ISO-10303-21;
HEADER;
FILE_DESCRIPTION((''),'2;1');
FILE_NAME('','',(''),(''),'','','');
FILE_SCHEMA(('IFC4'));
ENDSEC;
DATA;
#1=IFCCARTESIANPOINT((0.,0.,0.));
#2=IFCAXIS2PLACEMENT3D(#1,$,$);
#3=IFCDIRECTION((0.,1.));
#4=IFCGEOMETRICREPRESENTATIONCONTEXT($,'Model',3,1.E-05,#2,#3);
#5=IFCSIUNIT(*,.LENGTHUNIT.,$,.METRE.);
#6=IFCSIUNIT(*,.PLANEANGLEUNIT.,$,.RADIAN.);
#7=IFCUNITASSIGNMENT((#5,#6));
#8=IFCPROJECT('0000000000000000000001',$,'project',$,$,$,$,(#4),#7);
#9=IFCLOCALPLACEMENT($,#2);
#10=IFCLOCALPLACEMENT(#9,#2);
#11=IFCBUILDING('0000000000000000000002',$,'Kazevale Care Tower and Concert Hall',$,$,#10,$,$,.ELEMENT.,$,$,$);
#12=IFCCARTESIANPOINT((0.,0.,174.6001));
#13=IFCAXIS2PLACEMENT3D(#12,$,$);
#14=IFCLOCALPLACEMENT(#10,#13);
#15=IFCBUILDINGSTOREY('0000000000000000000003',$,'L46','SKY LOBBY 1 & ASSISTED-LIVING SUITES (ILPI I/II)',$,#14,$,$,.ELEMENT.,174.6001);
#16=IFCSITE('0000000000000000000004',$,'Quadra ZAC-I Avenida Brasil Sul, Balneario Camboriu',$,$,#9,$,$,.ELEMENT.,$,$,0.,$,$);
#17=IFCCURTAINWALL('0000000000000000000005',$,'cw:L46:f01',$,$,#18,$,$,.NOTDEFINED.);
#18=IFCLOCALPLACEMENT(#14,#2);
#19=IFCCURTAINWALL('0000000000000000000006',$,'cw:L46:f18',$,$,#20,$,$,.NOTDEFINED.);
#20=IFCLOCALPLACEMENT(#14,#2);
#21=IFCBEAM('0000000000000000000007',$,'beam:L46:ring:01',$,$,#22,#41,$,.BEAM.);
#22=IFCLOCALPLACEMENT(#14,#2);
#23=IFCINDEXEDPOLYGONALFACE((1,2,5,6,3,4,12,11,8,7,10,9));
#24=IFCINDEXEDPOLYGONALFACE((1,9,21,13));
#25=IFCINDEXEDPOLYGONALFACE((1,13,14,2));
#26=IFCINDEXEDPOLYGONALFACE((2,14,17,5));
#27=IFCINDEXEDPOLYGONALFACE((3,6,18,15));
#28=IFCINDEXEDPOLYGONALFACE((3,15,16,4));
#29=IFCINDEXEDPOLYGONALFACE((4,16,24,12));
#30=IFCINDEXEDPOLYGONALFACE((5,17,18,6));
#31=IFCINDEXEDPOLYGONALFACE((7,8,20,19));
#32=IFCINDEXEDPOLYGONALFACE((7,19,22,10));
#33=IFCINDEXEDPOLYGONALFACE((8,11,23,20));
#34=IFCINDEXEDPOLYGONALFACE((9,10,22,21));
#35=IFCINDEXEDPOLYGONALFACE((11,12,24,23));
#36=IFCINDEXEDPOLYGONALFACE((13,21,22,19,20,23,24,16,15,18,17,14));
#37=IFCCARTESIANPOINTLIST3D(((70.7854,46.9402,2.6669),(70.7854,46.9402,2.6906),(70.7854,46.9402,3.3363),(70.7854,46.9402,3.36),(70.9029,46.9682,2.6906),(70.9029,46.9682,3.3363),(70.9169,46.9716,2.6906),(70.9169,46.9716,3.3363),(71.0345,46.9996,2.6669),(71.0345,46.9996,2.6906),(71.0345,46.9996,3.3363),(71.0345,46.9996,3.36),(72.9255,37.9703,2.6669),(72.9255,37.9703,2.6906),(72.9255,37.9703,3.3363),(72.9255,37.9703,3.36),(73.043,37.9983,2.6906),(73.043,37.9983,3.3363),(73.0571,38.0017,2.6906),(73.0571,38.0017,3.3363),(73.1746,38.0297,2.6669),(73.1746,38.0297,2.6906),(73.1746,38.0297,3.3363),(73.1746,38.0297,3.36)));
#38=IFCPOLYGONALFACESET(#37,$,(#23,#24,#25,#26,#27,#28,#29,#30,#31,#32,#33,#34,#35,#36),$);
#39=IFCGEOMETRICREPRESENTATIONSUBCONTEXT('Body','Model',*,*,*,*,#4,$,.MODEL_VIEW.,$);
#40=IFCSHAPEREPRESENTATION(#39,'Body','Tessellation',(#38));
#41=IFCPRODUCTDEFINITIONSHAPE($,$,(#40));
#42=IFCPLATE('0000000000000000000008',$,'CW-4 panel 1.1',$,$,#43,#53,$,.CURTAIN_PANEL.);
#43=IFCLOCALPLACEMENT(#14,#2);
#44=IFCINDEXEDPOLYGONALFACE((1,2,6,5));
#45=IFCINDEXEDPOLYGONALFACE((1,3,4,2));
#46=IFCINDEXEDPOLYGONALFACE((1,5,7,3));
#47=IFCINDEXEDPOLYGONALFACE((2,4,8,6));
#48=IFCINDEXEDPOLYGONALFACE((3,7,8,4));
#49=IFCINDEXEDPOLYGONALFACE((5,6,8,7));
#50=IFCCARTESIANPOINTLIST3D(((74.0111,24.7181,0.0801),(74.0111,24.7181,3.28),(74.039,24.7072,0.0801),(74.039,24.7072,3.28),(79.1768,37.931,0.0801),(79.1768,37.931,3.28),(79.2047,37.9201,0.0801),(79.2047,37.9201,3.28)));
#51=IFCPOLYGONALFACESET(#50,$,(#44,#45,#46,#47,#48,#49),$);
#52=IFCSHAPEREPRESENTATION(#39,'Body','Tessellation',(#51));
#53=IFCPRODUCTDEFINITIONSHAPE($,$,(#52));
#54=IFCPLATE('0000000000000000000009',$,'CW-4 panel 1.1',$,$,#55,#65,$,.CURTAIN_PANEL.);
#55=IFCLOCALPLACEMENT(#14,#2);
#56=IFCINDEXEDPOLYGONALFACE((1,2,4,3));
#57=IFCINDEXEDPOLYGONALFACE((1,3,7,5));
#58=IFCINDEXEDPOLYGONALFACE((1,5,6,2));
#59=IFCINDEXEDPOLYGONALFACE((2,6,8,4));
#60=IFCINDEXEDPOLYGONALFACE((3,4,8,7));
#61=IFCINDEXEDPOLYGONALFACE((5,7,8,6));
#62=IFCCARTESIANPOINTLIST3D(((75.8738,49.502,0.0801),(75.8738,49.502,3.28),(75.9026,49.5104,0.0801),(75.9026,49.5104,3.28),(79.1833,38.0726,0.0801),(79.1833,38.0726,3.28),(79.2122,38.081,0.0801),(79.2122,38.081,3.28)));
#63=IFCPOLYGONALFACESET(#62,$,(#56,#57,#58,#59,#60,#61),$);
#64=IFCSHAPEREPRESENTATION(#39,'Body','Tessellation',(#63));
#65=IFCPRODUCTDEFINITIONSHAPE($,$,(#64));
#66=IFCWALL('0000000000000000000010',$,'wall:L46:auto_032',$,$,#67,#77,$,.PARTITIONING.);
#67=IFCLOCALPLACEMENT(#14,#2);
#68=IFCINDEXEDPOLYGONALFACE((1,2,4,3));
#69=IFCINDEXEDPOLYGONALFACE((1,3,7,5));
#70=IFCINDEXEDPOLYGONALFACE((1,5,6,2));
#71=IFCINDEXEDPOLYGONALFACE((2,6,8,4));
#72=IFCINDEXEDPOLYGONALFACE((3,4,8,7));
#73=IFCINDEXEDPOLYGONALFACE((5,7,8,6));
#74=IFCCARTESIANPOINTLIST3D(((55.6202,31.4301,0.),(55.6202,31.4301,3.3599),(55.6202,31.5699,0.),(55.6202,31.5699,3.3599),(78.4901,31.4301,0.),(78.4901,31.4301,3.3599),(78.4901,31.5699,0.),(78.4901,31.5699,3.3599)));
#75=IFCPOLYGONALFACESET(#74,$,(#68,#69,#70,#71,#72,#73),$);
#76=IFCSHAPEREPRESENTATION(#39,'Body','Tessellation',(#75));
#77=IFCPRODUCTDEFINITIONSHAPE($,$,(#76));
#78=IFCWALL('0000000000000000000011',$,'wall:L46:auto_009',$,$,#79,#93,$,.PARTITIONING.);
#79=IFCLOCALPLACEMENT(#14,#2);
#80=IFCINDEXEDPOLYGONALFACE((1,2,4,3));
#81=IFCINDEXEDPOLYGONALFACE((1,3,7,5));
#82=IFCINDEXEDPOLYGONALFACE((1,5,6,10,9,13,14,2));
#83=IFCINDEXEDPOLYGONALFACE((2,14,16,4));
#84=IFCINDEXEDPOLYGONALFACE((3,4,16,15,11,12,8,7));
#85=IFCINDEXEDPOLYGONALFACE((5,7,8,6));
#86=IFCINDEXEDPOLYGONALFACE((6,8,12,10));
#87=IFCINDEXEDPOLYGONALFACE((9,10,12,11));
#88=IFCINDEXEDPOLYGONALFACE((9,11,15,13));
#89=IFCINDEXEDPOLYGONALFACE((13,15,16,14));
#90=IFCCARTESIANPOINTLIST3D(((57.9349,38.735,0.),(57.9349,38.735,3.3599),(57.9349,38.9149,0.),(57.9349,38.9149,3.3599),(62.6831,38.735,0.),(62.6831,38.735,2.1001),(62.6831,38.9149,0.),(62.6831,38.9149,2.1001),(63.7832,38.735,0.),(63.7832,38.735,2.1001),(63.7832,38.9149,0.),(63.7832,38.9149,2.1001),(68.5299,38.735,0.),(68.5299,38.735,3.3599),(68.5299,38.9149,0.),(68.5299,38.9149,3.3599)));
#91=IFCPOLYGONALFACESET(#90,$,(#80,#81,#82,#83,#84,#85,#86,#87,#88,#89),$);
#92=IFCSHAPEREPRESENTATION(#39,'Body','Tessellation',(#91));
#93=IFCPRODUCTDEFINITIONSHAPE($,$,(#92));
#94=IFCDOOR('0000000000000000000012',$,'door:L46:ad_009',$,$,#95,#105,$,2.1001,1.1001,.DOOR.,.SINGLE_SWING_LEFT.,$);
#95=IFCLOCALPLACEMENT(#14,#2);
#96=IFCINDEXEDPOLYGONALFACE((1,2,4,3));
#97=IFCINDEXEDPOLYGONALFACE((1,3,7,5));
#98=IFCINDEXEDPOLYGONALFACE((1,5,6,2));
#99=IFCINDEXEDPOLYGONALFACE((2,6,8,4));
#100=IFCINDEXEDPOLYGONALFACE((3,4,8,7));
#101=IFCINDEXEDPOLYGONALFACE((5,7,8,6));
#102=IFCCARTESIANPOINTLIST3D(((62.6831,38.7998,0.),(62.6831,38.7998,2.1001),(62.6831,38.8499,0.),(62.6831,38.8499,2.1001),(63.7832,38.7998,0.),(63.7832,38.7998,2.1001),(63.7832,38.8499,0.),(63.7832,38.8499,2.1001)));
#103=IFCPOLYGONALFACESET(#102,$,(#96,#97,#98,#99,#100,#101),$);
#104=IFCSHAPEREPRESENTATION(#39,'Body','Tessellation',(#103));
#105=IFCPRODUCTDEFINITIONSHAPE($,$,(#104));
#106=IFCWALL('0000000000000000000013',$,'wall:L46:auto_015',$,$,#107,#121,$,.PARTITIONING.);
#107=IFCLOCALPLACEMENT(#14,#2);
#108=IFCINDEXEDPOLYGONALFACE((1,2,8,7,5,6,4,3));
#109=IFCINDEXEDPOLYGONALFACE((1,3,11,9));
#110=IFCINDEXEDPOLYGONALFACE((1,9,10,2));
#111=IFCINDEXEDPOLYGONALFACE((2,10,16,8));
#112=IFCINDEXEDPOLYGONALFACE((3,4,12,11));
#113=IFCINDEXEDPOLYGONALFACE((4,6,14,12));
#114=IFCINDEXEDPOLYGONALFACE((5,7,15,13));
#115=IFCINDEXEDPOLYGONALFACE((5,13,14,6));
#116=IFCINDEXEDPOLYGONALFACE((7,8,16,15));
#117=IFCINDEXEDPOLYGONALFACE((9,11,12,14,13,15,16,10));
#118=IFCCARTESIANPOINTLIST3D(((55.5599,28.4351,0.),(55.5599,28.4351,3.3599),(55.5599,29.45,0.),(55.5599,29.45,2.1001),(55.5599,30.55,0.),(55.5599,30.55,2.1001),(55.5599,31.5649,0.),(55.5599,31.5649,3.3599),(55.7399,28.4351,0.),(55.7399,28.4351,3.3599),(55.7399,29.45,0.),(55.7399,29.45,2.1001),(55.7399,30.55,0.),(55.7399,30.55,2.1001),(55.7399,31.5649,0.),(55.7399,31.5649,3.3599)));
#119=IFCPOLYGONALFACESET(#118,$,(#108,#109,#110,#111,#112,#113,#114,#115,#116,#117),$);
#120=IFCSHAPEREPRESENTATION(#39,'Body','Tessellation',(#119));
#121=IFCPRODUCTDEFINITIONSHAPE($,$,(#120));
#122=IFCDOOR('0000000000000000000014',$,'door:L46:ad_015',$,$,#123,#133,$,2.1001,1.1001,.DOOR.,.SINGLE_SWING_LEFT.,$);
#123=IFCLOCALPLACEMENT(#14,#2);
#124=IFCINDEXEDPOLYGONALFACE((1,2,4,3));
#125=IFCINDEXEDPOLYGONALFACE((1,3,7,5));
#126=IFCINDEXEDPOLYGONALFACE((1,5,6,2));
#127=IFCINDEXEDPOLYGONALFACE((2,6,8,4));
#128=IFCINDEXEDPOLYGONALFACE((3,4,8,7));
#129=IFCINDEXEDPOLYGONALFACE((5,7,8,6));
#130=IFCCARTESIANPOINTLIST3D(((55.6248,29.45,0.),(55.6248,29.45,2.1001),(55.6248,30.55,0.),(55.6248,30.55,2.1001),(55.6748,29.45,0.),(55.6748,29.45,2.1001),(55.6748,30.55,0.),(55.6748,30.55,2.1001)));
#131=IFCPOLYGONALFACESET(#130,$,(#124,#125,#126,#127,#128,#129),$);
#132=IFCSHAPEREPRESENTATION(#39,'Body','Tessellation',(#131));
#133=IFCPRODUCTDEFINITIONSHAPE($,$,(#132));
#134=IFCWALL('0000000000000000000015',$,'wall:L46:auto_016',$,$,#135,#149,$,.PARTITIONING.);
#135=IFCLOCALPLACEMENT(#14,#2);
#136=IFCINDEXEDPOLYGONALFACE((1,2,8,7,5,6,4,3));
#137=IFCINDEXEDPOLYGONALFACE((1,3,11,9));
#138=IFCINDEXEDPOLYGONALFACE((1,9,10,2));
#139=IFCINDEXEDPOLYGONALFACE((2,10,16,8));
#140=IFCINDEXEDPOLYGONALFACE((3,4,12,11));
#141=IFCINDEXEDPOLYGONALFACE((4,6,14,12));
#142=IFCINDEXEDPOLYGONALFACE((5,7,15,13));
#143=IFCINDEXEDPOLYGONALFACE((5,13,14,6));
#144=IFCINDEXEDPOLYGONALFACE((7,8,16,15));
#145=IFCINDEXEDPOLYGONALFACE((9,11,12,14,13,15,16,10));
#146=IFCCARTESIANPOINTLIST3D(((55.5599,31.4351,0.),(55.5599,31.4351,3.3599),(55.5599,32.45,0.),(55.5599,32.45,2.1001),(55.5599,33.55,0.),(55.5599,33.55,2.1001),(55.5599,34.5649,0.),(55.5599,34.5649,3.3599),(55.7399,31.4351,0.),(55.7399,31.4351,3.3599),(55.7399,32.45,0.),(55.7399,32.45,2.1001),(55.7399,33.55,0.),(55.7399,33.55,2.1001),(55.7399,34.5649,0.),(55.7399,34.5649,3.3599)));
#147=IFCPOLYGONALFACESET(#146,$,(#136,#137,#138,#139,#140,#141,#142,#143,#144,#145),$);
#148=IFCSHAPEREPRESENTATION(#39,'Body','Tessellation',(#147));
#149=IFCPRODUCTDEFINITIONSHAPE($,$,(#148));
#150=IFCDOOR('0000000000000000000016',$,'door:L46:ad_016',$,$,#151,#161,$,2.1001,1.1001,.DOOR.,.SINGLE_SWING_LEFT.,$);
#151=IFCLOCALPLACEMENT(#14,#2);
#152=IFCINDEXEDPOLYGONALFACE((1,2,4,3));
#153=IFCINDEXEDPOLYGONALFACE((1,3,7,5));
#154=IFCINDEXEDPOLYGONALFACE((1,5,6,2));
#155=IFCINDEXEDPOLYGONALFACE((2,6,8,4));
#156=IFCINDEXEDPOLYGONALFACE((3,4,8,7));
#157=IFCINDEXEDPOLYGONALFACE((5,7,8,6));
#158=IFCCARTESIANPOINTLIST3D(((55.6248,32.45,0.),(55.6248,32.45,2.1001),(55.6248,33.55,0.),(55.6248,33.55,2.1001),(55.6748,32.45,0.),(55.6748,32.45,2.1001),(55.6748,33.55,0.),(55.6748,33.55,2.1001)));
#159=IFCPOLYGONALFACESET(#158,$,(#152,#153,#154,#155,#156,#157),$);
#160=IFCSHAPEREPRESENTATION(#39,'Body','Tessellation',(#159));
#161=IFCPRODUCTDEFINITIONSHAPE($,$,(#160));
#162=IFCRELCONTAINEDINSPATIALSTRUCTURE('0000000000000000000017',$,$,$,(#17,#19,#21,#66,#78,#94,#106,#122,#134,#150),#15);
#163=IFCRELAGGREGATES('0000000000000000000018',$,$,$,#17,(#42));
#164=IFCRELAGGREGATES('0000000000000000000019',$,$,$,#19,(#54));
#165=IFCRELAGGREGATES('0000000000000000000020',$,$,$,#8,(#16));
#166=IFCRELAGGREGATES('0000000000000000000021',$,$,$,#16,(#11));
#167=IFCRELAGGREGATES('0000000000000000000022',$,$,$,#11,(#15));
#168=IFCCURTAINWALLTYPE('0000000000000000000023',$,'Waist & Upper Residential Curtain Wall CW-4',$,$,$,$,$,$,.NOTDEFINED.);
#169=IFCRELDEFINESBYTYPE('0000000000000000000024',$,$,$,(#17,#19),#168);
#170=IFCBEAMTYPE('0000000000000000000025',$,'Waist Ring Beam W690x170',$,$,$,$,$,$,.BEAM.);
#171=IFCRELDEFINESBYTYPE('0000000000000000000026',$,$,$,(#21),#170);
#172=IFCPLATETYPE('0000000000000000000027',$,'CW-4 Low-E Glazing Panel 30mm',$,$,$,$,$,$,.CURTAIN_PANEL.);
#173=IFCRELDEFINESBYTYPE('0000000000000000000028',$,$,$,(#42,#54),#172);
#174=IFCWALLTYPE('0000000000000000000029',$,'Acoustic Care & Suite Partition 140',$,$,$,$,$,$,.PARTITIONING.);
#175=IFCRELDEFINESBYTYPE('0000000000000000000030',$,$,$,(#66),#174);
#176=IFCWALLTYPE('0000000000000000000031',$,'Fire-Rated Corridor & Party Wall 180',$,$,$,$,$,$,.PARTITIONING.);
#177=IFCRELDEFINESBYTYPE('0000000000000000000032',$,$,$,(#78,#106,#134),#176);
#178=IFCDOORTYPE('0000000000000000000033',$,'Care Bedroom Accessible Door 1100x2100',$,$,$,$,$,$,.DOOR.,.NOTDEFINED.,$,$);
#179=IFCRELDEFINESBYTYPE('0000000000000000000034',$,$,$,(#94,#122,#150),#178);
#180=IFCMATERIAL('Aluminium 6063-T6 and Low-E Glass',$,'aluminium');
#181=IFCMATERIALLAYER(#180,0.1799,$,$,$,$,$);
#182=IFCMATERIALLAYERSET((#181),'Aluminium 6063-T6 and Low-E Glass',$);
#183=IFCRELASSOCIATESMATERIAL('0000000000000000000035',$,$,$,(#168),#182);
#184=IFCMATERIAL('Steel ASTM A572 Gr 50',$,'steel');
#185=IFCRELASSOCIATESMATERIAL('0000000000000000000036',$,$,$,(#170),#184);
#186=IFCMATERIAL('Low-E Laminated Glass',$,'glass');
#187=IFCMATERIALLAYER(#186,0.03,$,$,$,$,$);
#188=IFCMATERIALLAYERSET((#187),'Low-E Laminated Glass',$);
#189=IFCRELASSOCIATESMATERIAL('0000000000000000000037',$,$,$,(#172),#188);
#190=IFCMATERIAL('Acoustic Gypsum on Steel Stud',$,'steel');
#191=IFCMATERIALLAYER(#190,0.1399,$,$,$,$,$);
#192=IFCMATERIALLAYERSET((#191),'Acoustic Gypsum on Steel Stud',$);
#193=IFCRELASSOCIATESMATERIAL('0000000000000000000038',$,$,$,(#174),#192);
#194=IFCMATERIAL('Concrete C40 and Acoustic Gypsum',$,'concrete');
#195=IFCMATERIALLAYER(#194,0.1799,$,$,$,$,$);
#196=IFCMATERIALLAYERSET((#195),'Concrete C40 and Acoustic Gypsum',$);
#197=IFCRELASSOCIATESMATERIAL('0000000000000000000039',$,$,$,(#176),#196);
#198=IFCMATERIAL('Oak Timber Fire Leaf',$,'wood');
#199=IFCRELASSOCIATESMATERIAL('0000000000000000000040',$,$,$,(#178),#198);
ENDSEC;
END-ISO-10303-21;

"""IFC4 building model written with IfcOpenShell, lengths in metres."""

from ifc_helpers import new_model, si_unit, direction, frame, frame_2d, origin, origin_2d, place, context, subcontext, project, spatial, rectangle, i_section, extrude, material, layer, layer_set, material_profile, profile_set, type_object, element, fill, aggregate, save


model = new_model("IFC4")

# Units and contexts
model_context = context("Model", 3, precision=1e-05, world=origin(), true_north=direction((0.0, 1.0)))
body_context = subcontext(model_context, "Body", "Model", "MODEL_VIEW")
ifc_project = project(units=[si_unit("LENGTHUNIT", "METRE"), si_unit("PLANEANGLEUNIT", "RADIAN")], contexts=[model_context])

# Site, building, storey
site_placement = place(None, origin())
site = spatial("IfcSite", under=ifc_project, at=site_placement, Name="Quadra ZAC-I Avenida Brasil Sul, Balneario Camboriu", CompositionType="ELEMENT", RefElevation=0.0)
building_placement = place(site_placement, origin())
building = spatial("IfcBuilding", under=site, at=building_placement, Name="Kazevale Care Tower and Concert Hall", CompositionType="ELEMENT")
storey_placement = place(building_placement, frame((0.0, 0.0, 174.6001)))
storey = spatial("IfcBuildingStorey", under=building, at=storey_placement, Name="L46", Description="SKY LOBBY 1 & ASSISTED-LIVING SUITES (ILPI I/II)", CompositionType="ELEMENT", Elevation=174.6001)

# Curtain walls
ifc_material_1 = material(Name="Aluminium 6063-T6 and Low-E Glass", Category="aluminium")
ifc_layer_1 = layer(ifc_material_1, 0.1799)
ifc_layer_set_1 = layer_set([ifc_layer_1], Name="Aluminium 6063-T6 and Low-E Glass")
curtain_wall_type = type_object("IfcCurtainWallType", Name="Waist & Upper Residential Curtain Wall CW-4", PredefinedType="NOTDEFINED", material=ifc_layer_set_1)
curtain_wall_1_placement = place(storey_placement, origin())
curtain_wall_1 = element("IfcCurtainWall", 1, at=curtain_wall_1_placement, inside=storey, type_object=curtain_wall_type, Name="cw:L46:f01", PredefinedType="NOTDEFINED")
curtain_wall_2_placement = place(storey_placement, origin())
curtain_wall_2 = element("IfcCurtainWall", 2, at=curtain_wall_2_placement, inside=storey, type_object=curtain_wall_type, Name="cw:L46:f18", PredefinedType="NOTDEFINED")

# Beam
ifc_material_2 = material(Name="Steel ASTM A572 Gr 50", Category="steel")
ifc_material_profile_1 = material_profile(ifc_material_2, i_section(OverallWidth=0.2561, OverallDepth=0.6931, WebThickness=0.0144, FlangeThickness=0.0237, at=origin_2d()), Name="W690x170")
ifc_profile_set_1 = profile_set([ifc_material_profile_1], Name="Steel ASTM A572 Gr 50")
beam_type_1 = type_object("IfcBeamType", Name="Waist Ring Beam W690x170", PredefinedType="BEAM", material=ifc_profile_set_1)
beam_1_placement = place(storey_placement, frame((73.05, 38.0, 3.0134), z_axis=(-0.232075, 0.972698, 0.0), x_axis=(-0.972698, -0.232075, 0.0)))
element("IfcBeam", 3, at=beam_1_placement, inside=storey, type_object=beam_type_1, Name="beam:L46:ring:01", PredefinedType="BEAM", context=body_context, shape_type="SweptSolid", body=[
    extrude(i_section(OverallWidth=0.2561, OverallDepth=0.6931, WebThickness=0.0144, FlangeThickness=0.0237, at=origin_2d()), origin(), (0.0, 0.0, 1.0), 9.2217),
])

# Plates
ifc_material_3 = material(Name="Low-E Laminated Glass", Category="glass")
ifc_layer_2 = layer(ifc_material_3, 0.03)
ifc_layer_set_2 = layer_set([ifc_layer_2], Name="Low-E Laminated Glass")
plate_type = type_object("IfcPlateType", Name="CW-4 Low-E Glazing Panel 30mm", PredefinedType="CURTAIN_PANEL", material=ifc_layer_set_2)
plate_1_placement = place(storey_placement, frame((76.6079, 31.3191, 0.0801), z_axis=(0.0, 0.0, 1.0), x_axis=(-0.364121, -0.931352, 0.0)))
plate_1 = element("IfcPlate", 4, at=plate_1_placement, type_object=plate_type, Name="CW-4 panel 1.1", PredefinedType="CURTAIN_PANEL", context=body_context, shape_type="SweptSolid", body=[
    extrude(rectangle(XDim=14.1868, YDim=0.03, at=origin_2d()), origin(), (0.0, 0.0, 1.0), 3.2),
])
aggregate(curtain_wall_1, [plate_1])
plate_2_placement = place(storey_placement, frame((77.543, 43.7915, 0.0801), z_axis=(0.0, 0.0, 1.0), x_axis=(0.278137, -0.960542, 0.0)))
plate_2 = element("IfcPlate", 5, at=plate_2_placement, type_object=plate_type, Name="CW-4 panel 1.1", PredefinedType="CURTAIN_PANEL", context=body_context, shape_type="SweptSolid", body=[
    extrude(rectangle(XDim=11.8989, YDim=0.03, at=origin_2d()), origin(), (0.0, 0.0, 1.0), 3.2),
])
aggregate(curtain_wall_2, [plate_2])

# Wall
ifc_material_4 = material(Name="Acoustic Gypsum on Steel Stud", Category="steel")
ifc_layer_3 = layer(ifc_material_4, 0.1399)
ifc_layer_set_3 = layer_set([ifc_layer_3], Name="Acoustic Gypsum on Steel Stud")
wall_type_1 = type_object("IfcWallType", Name="Acoustic Care & Suite Partition 140", PredefinedType="PARTITIONING", material=ifc_layer_set_3)
wall_1_placement = place(storey_placement, frame((55.6201, 31.5, 0.0), z_axis=(0.0, 0.0, 1.0), x_axis=(1.0, 0.0, 0.0)))
element("IfcWall", 6, at=wall_1_placement, inside=storey, type_object=wall_type_1, Name="wall:L46:auto_032", PredefinedType="PARTITIONING", context=body_context, shape_type="SweptSolid", body=[
    extrude(rectangle(XDim=22.8699, YDim=0.1399, at=frame_2d((11.4351, 0.0))), origin(), (0.0, 0.0, 1.0), 3.3599),
])

# Walls, openings, doors
ifc_material_5 = material(Name="Concrete C40 and Acoustic Gypsum", Category="concrete")
ifc_layer_4 = layer(ifc_material_5, 0.1799)
ifc_layer_set_4 = layer_set([ifc_layer_4], Name="Concrete C40 and Acoustic Gypsum")
wall_type_2 = type_object("IfcWallType", Name="Fire-Rated Corridor & Party Wall 180", PredefinedType="PARTITIONING", material=ifc_layer_set_4)
wall_2_placement = place(storey_placement, frame((57.9351, 38.825, 0.0), z_axis=(0.0, 0.0, 1.0), x_axis=(1.0, 0.0, 0.0)))
wall_2 = element("IfcWall", 7, at=wall_2_placement, inside=storey, type_object=wall_type_2, Name="wall:L46:auto_009", PredefinedType="PARTITIONING", context=body_context, shape_type="SweptSolid", body=[
    extrude(rectangle(XDim=10.595, YDim=0.1799, at=frame_2d((5.2974, 0.0))), origin(), (0.0, 0.0, 1.0), 3.3599),
])
opening_1_placement = place(wall_2_placement, frame((4.748, 0.0, 0.0)))
opening_1 = element("IfcOpeningElement", 8, at=opening_1_placement, cuts=wall_2, PredefinedType="OPENING", context=body_context, shape_type="SweptSolid", body=[
    extrude(rectangle(XDim=1.1001, YDim=2.1001, at=frame_2d((0.55, 1.05))), frame((0.0, 0.0999, 0.0), z_axis=(0.0, -1.0, 0.0), x_axis=(1.0, 0.0, 0.0)), (0.0, 0.0, 1.0), 0.2),
])
ifc_material_6 = material(Name="Oak Timber Fire Leaf", Category="wood")
door_type = type_object("IfcDoorType", Name="Care Bedroom Accessible Door 1100x2100", OperationType="NOTDEFINED", PredefinedType="DOOR", material=ifc_material_6)
door_1_placement = place(opening_1_placement, origin())
door_1 = element("IfcDoor", 9, at=door_1_placement, inside=storey, type_object=door_type, Name="door:L46:ad_009", OperationType="SINGLE_SWING_LEFT", OverallHeight=2.1001, OverallWidth=1.1001, PredefinedType="DOOR", context=body_context, shape_type="SweptSolid", body=[
    extrude(rectangle(XDim=1.1001, YDim=2.1001, at=frame_2d((0.55, 1.05))), frame((0.0, 0.0249, 0.0), z_axis=(0.0, -1.0, 0.0), x_axis=(1.0, 0.0, 0.0)), (0.0, 0.0, 1.0), 0.05),
])
fill(opening_1, door_1)
wall_3_placement = place(storey_placement, frame((55.6499, 31.5649, 0.0), z_axis=(0.0, 0.0, 1.0), x_axis=(0.0, -1.0, 0.0)))
wall_3 = element("IfcWall", 10, at=wall_3_placement, inside=storey, type_object=wall_type_2, Name="wall:L46:auto_015", PredefinedType="PARTITIONING", context=body_context, shape_type="SweptSolid", body=[
    extrude(rectangle(XDim=3.1299, YDim=0.1799, at=frame_2d((1.5649, 0.0))), origin(), (0.0, 0.0, 1.0), 3.3599),
])
opening_2_placement = place(wall_3_placement, frame((1.0149, 0.0, 0.0)))
opening_2 = element("IfcOpeningElement", 11, at=opening_2_placement, cuts=wall_3, PredefinedType="OPENING", context=body_context, shape_type="SweptSolid", body=[
    extrude(rectangle(XDim=1.1001, YDim=2.1001, at=frame_2d((0.55, 1.05))), frame((0.0, 0.0999, 0.0), z_axis=(0.0, -1.0, 0.0), x_axis=(1.0, 0.0, 0.0)), (0.0, 0.0, 1.0), 0.2),
])
door_2_placement = place(opening_2_placement, origin())
door_2 = element("IfcDoor", 12, at=door_2_placement, inside=storey, type_object=door_type, Name="door:L46:ad_015", OperationType="SINGLE_SWING_LEFT", OverallHeight=2.1001, OverallWidth=1.1001, PredefinedType="DOOR", context=body_context, shape_type="SweptSolid", body=[
    extrude(rectangle(XDim=1.1001, YDim=2.1001, at=frame_2d((0.55, 1.05))), frame((0.0, 0.0249, 0.0), z_axis=(0.0, -1.0, 0.0), x_axis=(1.0, 0.0, 0.0)), (0.0, 0.0, 1.0), 0.05),
])
fill(opening_2, door_2)
wall_4_placement = place(storey_placement, frame((55.6499, 34.5649, 0.0), z_axis=(0.0, 0.0, 1.0), x_axis=(0.0, -1.0, 0.0)))
wall_4 = element("IfcWall", 13, at=wall_4_placement, inside=storey, type_object=wall_type_2, Name="wall:L46:auto_016", PredefinedType="PARTITIONING", context=body_context, shape_type="SweptSolid", body=[
    extrude(rectangle(XDim=3.1299, YDim=0.1799, at=frame_2d((1.5649, 0.0))), origin(), (0.0, 0.0, 1.0), 3.3599),
])
opening_3_placement = place(wall_4_placement, frame((1.0149, 0.0, 0.0)))
opening_3 = element("IfcOpeningElement", 14, at=opening_3_placement, cuts=wall_4, PredefinedType="OPENING", context=body_context, shape_type="SweptSolid", body=[
    extrude(rectangle(XDim=1.1001, YDim=2.1001, at=frame_2d((0.55, 1.05))), frame((0.0, 0.0999, 0.0), z_axis=(0.0, -1.0, 0.0), x_axis=(1.0, 0.0, 0.0)), (0.0, 0.0, 1.0), 0.2),
])
door_3_placement = place(opening_3_placement, origin())
door_3 = element("IfcDoor", 15, at=door_3_placement, inside=storey, type_object=door_type, Name="door:L46:ad_016", OperationType="SINGLE_SWING_LEFT", OverallHeight=2.1001, OverallWidth=1.1001, PredefinedType="DOOR", context=body_context, shape_type="SweptSolid", body=[
    extrude(rectangle(XDim=1.1001, YDim=2.1001, at=frame_2d((0.55, 1.05))), frame((0.0, 0.0249, 0.0), z_axis=(0.0, -1.0, 0.0), x_axis=(1.0, 0.0, 0.0)), (0.0, 0.0, 1.0), 0.05),
])
fill(opening_3, door_3)

save(model, "model.ifc")
